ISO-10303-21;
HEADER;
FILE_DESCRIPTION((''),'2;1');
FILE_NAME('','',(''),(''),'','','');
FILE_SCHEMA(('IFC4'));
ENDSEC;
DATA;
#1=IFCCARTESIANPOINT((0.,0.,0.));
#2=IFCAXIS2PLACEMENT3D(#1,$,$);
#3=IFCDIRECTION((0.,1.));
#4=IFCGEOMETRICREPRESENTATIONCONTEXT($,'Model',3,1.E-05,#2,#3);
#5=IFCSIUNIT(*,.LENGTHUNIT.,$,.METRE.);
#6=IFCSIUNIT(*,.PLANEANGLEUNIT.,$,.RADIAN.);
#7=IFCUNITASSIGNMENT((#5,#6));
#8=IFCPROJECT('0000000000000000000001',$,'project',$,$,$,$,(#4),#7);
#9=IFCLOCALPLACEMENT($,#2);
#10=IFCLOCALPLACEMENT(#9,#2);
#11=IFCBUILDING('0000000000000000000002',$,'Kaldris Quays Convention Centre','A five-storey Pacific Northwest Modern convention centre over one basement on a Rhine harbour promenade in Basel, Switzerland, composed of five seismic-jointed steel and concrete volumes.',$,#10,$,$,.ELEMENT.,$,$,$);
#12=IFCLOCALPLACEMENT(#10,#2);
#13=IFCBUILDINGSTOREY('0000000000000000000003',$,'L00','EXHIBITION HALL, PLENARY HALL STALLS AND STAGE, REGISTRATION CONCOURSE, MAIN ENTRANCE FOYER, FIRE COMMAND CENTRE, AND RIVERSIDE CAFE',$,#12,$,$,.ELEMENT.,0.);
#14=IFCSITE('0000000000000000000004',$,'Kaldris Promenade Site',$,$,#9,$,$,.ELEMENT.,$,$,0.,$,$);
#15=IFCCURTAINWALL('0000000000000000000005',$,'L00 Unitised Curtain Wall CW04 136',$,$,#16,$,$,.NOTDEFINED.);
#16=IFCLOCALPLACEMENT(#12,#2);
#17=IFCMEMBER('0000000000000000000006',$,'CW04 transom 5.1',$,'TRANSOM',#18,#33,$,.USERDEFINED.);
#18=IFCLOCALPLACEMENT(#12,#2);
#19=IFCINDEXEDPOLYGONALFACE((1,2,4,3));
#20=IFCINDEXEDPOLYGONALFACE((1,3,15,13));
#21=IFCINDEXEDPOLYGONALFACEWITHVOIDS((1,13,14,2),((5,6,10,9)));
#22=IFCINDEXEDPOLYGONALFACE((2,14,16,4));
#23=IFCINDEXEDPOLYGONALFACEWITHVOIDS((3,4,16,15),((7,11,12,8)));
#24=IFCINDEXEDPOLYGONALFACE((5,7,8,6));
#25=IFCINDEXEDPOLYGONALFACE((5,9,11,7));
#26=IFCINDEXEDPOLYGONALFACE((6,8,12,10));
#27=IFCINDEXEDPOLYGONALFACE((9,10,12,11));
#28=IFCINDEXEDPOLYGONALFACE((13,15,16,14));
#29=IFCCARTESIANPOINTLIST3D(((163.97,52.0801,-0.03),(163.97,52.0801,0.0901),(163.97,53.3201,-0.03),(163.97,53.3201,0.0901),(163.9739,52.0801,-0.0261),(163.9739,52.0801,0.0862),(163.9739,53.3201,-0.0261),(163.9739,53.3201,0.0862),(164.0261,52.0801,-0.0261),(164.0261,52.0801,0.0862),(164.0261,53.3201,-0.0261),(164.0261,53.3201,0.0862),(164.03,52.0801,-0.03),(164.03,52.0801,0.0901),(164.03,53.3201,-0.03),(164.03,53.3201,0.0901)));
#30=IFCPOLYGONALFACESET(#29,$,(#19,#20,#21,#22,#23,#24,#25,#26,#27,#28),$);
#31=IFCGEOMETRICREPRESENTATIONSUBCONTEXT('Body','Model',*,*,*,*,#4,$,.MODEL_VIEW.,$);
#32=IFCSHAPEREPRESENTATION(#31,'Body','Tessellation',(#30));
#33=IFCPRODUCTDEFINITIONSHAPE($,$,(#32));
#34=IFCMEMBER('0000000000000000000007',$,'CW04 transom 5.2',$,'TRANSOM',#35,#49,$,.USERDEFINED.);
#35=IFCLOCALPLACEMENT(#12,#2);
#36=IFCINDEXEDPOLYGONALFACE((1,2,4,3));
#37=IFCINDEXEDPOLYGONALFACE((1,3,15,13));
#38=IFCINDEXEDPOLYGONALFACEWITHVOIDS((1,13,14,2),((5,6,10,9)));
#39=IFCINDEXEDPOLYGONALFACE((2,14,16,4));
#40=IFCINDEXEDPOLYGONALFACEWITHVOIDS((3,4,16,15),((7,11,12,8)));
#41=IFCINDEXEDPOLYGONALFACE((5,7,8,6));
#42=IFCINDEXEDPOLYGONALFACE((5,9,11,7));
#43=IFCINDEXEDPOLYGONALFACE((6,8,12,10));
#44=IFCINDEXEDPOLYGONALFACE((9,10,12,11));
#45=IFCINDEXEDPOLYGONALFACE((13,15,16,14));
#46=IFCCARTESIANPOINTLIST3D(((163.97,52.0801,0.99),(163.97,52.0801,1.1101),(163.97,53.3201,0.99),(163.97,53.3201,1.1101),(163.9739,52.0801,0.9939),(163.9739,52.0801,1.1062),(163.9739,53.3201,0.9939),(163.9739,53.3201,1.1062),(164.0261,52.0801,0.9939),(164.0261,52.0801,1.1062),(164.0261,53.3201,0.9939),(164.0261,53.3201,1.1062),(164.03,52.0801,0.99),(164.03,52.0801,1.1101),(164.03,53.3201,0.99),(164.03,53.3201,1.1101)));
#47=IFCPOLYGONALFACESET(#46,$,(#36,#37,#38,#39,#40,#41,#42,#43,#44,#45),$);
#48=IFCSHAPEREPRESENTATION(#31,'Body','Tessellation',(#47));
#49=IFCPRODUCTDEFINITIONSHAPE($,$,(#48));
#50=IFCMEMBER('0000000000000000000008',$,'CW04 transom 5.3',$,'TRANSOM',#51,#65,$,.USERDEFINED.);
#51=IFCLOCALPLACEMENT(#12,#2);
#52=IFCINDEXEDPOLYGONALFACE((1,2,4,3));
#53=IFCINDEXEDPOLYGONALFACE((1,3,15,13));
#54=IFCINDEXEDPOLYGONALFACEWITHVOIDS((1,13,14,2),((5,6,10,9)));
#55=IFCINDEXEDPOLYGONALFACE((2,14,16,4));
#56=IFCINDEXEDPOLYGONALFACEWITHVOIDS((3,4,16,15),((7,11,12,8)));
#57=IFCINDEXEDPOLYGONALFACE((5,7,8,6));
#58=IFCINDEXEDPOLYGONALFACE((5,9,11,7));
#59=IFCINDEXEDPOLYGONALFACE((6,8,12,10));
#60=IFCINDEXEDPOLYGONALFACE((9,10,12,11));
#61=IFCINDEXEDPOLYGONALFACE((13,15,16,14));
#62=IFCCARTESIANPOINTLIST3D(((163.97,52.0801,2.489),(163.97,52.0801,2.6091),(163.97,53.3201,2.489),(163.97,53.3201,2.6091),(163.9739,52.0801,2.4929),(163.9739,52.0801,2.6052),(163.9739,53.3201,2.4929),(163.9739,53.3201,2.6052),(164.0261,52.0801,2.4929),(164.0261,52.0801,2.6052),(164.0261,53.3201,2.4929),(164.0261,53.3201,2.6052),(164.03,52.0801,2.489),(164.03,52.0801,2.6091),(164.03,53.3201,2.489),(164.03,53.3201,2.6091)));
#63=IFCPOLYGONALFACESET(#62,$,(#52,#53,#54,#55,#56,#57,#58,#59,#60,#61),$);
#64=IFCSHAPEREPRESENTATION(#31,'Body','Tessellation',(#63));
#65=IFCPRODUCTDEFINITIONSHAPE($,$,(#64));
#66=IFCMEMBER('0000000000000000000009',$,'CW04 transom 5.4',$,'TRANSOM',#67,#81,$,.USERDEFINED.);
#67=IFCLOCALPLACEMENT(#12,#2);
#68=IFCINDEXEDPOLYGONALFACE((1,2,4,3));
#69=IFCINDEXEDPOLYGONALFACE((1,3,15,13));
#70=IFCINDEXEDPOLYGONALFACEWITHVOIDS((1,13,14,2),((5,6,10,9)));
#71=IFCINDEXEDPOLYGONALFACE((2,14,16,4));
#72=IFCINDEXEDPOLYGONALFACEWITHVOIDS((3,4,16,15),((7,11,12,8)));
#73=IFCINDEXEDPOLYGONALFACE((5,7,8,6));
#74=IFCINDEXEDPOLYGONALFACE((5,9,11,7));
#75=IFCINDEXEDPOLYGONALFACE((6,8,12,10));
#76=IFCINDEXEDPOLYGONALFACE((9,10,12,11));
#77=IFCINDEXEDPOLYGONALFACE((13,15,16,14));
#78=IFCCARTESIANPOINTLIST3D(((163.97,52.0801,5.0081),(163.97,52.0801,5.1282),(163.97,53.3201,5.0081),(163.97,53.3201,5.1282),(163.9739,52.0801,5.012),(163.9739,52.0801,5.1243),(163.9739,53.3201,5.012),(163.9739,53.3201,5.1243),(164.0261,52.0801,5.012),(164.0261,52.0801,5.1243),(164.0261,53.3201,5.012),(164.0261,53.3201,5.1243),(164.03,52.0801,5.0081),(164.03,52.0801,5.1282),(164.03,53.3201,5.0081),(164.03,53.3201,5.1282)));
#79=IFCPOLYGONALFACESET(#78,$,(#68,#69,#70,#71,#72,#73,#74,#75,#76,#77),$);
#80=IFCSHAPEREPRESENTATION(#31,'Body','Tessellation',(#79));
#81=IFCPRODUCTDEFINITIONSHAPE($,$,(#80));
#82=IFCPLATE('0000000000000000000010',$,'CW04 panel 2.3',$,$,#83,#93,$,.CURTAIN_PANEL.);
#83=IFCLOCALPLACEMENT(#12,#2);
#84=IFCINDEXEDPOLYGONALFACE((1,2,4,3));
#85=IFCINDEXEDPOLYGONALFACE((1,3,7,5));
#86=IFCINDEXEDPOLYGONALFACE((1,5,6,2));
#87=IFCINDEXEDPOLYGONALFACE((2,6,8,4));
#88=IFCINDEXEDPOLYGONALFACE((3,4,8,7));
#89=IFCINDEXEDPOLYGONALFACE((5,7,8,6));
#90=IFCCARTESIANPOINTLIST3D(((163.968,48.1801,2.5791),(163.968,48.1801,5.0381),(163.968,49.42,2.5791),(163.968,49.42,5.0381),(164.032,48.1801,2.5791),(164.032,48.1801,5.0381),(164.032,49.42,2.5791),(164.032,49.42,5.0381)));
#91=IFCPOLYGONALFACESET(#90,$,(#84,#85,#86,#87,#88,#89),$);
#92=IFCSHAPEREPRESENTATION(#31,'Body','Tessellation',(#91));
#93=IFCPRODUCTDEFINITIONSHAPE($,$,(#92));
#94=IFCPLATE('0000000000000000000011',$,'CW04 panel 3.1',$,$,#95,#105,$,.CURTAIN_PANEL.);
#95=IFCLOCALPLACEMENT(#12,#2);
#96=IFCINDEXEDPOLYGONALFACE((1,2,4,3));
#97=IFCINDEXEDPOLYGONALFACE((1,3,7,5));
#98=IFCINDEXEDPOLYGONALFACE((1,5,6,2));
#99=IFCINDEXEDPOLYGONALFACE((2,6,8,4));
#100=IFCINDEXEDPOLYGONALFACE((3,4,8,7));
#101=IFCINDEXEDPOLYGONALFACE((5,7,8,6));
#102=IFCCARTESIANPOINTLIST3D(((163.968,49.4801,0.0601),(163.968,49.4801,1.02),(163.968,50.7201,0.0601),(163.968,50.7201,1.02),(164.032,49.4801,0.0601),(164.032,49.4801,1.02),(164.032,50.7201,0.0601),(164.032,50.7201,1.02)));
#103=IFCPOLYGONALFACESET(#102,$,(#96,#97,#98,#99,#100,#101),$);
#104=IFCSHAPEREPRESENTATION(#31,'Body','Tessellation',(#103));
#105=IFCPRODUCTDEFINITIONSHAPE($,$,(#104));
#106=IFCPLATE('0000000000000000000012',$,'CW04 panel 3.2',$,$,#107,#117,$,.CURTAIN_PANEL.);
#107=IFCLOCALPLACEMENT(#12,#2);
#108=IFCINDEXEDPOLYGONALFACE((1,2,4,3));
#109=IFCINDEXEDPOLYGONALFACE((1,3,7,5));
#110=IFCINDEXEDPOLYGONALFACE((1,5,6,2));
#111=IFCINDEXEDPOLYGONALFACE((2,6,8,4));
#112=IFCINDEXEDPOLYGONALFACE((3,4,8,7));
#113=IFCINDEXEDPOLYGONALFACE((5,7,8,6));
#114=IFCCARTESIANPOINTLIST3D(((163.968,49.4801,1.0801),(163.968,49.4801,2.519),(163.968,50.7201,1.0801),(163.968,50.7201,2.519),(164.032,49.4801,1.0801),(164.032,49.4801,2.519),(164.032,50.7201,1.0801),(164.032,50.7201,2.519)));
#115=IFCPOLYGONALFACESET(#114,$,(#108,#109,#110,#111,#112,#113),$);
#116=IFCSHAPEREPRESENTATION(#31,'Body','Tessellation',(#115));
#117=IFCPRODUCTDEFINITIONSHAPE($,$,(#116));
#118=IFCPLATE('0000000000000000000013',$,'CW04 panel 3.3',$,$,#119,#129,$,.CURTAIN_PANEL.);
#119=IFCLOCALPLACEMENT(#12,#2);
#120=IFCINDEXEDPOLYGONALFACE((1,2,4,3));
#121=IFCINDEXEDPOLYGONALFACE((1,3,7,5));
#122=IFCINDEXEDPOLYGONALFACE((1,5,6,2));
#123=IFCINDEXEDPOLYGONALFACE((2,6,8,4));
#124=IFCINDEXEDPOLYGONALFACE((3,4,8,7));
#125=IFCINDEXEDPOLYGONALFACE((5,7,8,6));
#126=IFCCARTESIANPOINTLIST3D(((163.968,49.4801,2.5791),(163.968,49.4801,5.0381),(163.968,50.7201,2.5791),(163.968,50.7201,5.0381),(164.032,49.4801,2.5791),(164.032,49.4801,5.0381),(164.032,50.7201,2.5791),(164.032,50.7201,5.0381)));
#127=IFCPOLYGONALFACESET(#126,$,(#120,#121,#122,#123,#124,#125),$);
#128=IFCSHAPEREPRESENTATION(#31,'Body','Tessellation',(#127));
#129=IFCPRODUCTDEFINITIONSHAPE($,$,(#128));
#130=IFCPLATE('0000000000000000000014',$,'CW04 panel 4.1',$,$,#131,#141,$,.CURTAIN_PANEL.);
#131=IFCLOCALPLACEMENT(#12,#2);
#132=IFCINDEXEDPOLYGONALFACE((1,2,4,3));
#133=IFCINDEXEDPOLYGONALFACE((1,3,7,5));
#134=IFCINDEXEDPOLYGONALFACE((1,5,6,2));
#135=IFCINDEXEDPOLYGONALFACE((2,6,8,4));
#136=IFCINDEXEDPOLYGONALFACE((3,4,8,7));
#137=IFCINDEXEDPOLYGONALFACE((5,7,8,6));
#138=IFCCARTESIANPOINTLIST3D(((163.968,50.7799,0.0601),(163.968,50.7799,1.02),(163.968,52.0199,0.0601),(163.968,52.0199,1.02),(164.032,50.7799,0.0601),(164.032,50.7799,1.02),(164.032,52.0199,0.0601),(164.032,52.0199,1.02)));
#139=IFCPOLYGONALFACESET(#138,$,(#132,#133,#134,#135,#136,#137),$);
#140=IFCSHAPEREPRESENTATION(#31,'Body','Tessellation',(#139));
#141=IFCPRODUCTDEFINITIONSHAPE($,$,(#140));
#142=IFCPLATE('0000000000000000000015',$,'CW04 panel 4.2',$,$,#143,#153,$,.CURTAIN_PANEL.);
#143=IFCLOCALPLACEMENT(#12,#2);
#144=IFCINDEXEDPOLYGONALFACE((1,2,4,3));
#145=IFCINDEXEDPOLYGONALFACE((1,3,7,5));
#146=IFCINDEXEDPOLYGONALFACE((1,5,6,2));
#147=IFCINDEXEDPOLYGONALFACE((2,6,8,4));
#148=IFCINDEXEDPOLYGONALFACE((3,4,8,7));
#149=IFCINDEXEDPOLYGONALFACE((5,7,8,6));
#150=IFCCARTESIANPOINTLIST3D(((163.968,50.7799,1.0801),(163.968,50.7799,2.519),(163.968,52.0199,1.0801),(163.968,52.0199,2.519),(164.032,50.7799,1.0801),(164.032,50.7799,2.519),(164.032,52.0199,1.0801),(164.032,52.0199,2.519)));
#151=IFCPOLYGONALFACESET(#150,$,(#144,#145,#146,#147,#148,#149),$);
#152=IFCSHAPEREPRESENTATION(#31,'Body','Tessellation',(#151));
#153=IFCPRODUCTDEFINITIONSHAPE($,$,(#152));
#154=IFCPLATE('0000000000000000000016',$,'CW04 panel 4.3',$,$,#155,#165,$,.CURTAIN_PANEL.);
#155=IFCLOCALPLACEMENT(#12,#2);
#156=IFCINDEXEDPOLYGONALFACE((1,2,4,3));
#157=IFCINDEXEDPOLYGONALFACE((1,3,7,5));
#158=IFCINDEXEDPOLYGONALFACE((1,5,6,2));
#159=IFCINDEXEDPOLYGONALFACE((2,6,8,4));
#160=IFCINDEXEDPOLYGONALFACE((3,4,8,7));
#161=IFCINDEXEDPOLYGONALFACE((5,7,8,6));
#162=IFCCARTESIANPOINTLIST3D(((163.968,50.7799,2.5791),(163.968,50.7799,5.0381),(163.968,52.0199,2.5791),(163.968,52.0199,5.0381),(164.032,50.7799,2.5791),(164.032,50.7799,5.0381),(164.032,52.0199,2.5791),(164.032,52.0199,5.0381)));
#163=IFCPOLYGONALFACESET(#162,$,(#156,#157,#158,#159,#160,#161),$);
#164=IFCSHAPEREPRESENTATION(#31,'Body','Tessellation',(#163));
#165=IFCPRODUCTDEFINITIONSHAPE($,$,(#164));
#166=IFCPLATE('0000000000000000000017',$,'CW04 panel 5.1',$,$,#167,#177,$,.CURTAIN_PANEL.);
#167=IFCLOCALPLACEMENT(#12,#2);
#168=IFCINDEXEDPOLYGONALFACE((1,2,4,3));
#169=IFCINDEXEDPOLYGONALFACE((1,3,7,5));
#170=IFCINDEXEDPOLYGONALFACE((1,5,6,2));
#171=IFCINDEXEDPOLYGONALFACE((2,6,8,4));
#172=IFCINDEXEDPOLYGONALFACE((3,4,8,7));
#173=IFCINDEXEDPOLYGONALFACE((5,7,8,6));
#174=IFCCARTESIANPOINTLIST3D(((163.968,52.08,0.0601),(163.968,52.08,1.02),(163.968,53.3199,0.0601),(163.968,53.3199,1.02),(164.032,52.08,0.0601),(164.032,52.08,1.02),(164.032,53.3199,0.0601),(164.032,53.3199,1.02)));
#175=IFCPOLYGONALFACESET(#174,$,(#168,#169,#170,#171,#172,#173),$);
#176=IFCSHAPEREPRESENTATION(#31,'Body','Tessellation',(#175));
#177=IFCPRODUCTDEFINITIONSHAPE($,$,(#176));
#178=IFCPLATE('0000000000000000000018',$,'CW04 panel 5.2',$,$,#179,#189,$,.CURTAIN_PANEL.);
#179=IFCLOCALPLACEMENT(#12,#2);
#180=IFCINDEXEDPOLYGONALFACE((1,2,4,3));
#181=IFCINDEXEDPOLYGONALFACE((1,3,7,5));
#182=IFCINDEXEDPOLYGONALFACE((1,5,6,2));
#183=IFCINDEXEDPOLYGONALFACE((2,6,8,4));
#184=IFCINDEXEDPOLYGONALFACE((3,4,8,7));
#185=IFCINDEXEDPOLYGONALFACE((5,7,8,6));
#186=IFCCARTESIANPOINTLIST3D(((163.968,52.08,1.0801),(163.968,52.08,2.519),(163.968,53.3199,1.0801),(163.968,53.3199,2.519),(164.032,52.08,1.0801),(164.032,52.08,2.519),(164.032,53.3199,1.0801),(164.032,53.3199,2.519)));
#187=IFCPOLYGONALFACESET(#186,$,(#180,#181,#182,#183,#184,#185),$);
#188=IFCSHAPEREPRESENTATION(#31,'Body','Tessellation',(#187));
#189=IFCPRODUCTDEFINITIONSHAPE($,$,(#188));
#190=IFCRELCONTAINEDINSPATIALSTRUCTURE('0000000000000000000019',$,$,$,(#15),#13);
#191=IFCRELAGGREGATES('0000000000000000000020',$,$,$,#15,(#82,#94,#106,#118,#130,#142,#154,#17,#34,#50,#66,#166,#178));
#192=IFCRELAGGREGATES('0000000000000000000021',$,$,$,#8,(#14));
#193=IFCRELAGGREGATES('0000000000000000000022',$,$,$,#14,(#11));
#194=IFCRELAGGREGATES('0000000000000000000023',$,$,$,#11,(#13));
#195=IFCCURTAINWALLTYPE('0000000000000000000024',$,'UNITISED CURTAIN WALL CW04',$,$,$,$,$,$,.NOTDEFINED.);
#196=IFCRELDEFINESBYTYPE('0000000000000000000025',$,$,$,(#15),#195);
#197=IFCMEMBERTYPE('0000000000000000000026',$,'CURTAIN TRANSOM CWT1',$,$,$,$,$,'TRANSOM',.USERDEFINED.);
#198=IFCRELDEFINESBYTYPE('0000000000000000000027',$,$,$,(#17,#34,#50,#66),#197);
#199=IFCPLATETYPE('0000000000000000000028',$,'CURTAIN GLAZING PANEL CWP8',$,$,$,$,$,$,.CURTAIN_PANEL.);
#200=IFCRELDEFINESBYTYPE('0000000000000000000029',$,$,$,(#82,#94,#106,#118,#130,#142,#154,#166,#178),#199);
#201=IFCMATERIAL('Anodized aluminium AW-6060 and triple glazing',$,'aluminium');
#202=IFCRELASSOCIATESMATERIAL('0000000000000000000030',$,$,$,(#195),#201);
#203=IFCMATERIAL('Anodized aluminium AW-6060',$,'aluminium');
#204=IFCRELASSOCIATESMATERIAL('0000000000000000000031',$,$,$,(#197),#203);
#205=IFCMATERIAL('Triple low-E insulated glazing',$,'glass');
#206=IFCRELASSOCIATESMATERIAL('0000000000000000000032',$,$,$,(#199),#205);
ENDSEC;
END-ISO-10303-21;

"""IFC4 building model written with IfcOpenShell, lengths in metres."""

from ifc_helpers import new_model, si_unit, direction, frame, origin, origin_2d, place, context, subcontext, project, spatial, rectangle, hollow_rectangle, extrude, material, material_profile, profile_set, type_object, element, aggregate, save


model = new_model("IFC4")

# Units and contexts
model_context = context("Model", 3, precision=1e-05, world=origin(), true_north=direction((0.0, 1.0)))
body_context = subcontext(model_context, "Body", "Model", "MODEL_VIEW")
ifc_project = project(units=[si_unit("LENGTHUNIT", "METRE"), si_unit("PLANEANGLEUNIT", "RADIAN")], contexts=[model_context])

# Site, building, storey
site_placement = place(None, origin())
site = spatial("IfcSite", under=ifc_project, at=site_placement, Name="Kaldris Promenade Site", CompositionType="ELEMENT", RefElevation=0.0)
building_placement = place(site_placement, origin())
building = spatial("IfcBuilding", under=site, at=building_placement, Name="Kaldris Quays Convention Centre", Description="A five-storey Pacific Northwest Modern convention centre over one basement on a Rhine harbour promenade in Basel, Switzerland, composed of five seismic-jointed steel and concrete volumes.", CompositionType="ELEMENT")
storey_placement = place(building_placement, origin())
storey = spatial("IfcBuildingStorey", under=building, at=storey_placement, Name="L00", Description="EXHIBITION HALL, PLENARY HALL STALLS AND STAGE, REGISTRATION CONCOURSE, MAIN ENTRANCE FOYER, FIRE COMMAND CENTRE, AND RIVERSIDE CAFE", CompositionType="ELEMENT", Elevation=0.0)

# Curtain wall, members, plates
ifc_material_1 = material(Name="Anodized aluminium AW-6060 and triple glazing", Category="aluminium")
curtain_wall_type = type_object("IfcCurtainWallType", Name="UNITISED CURTAIN WALL CW04", PredefinedType="NOTDEFINED", material=ifc_material_1)
curtain_wall_placement = place(storey_placement, origin())
curtain_wall = element("IfcCurtainWall", 1, at=curtain_wall_placement, inside=storey, type_object=curtain_wall_type, Name="L00 Unitised Curtain Wall CW04 136", PredefinedType="NOTDEFINED")
ifc_material_2 = material(Name="Anodized aluminium AW-6060", Category="aluminium")
ifc_material_profile_1 = material_profile(ifc_material_2, hollow_rectangle(XDim=0.0601, YDim=0.1201, WallThickness=0.0039, at=origin_2d()), Name="RHS 120x60x4")
ifc_profile_set_1 = profile_set([ifc_material_profile_1], Name="Anodized aluminium AW-6060")
member_type_1 = type_object("IfcMemberType", Name="CURTAIN TRANSOM CWT1", ElementType="TRANSOM", PredefinedType="USERDEFINED", material=ifc_profile_set_1)
member_1_placement = place(storey_placement, frame((164.0, 52.0801, 0.03), z_axis=(0.0, 1.0, 0.0), x_axis=(-1.0, 0.0, 0.0)))
member_1 = element("IfcMember", 2, at=member_1_placement, type_object=member_type_1, Name="CW04 transom 5.1", ObjectType="TRANSOM", PredefinedType="USERDEFINED", context=body_context, shape_type="SweptSolid", body=[
    extrude(hollow_rectangle(XDim=0.0601, YDim=0.1201, WallThickness=0.0039, at=origin_2d()), origin(), (0.0, 0.0, 1.0), 1.24),
])
member_2_placement = place(storey_placement, frame((164.0, 52.0801, 1.05), z_axis=(0.0, 1.0, 0.0), x_axis=(-1.0, 0.0, 0.0)))
member_2 = element("IfcMember", 3, at=member_2_placement, type_object=member_type_1, Name="CW04 transom 5.2", ObjectType="TRANSOM", PredefinedType="USERDEFINED", context=body_context, shape_type="SweptSolid", body=[
    extrude(hollow_rectangle(XDim=0.0601, YDim=0.1201, WallThickness=0.0039, at=origin_2d()), origin(), (0.0, 0.0, 1.0), 1.24),
])
member_3_placement = place(storey_placement, frame((164.0, 52.0801, 2.5491), z_axis=(0.0, 1.0, 0.0), x_axis=(-1.0, 0.0, 0.0)))
member_3 = element("IfcMember", 4, at=member_3_placement, type_object=member_type_1, Name="CW04 transom 5.3", ObjectType="TRANSOM", PredefinedType="USERDEFINED", context=body_context, shape_type="SweptSolid", body=[
    extrude(hollow_rectangle(XDim=0.0601, YDim=0.1201, WallThickness=0.0039, at=origin_2d()), origin(), (0.0, 0.0, 1.0), 1.24),
])
member_4_placement = place(storey_placement, frame((164.0, 52.0801, 5.0681), z_axis=(0.0, 1.0, 0.0), x_axis=(-1.0, 0.0, 0.0)))
member_4 = element("IfcMember", 5, at=member_4_placement, type_object=member_type_1, Name="CW04 transom 5.4", ObjectType="TRANSOM", PredefinedType="USERDEFINED", context=body_context, shape_type="SweptSolid", body=[
    extrude(hollow_rectangle(XDim=0.0601, YDim=0.1201, WallThickness=0.0039, at=origin_2d()), origin(), (0.0, 0.0, 1.0), 1.24),
])
ifc_material_3 = material(Name="Triple low-E insulated glazing", Category="glass")
plate_type = type_object("IfcPlateType", Name="CURTAIN GLAZING PANEL CWP8", PredefinedType="CURTAIN_PANEL", material=ifc_material_3)
plate_1_placement = place(storey_placement, frame((164.0, 48.8, 2.5791), z_axis=(0.0, 0.0, 1.0), x_axis=(0.0, 1.0, 0.0)))
plate_1 = element("IfcPlate", 6, at=plate_1_placement, type_object=plate_type, Name="CW04 panel 2.3", PredefinedType="CURTAIN_PANEL", context=body_context, shape_type="SweptSolid", body=[
    extrude(rectangle(XDim=1.24, YDim=0.064, at=origin_2d()), origin(), (0.0, 0.0, 1.0), 2.459),
])
plate_2_placement = place(storey_placement, frame((164.0, 50.1001, 0.0601), z_axis=(0.0, 0.0, 1.0), x_axis=(0.0, 1.0, 0.0)))
plate_2 = element("IfcPlate", 7, at=plate_2_placement, type_object=plate_type, Name="CW04 panel 3.1", PredefinedType="CURTAIN_PANEL", context=body_context, shape_type="SweptSolid", body=[
    extrude(rectangle(XDim=1.24, YDim=0.064, at=origin_2d()), origin(), (0.0, 0.0, 1.0), 0.96),
])
plate_3_placement = place(storey_placement, frame((164.0, 50.1001, 1.0801), z_axis=(0.0, 0.0, 1.0), x_axis=(0.0, 1.0, 0.0)))
plate_3 = element("IfcPlate", 8, at=plate_3_placement, type_object=plate_type, Name="CW04 panel 3.2", PredefinedType="CURTAIN_PANEL", context=body_context, shape_type="SweptSolid", body=[
    extrude(rectangle(XDim=1.24, YDim=0.064, at=origin_2d()), origin(), (0.0, 0.0, 1.0), 1.439),
])
plate_4_placement = place(storey_placement, frame((164.0, 50.1001, 2.5791), z_axis=(0.0, 0.0, 1.0), x_axis=(0.0, 1.0, 0.0)))
plate_4 = element("IfcPlate", 9, at=plate_4_placement, type_object=plate_type, Name="CW04 panel 3.3", PredefinedType="CURTAIN_PANEL", context=body_context, shape_type="SweptSolid", body=[
    extrude(rectangle(XDim=1.24, YDim=0.064, at=origin_2d()), origin(), (0.0, 0.0, 1.0), 2.459),
])
plate_5_placement = place(storey_placement, frame((164.0, 51.3999, 0.0601), z_axis=(0.0, 0.0, 1.0), x_axis=(0.0, 1.0, 0.0)))
plate_5 = element("IfcPlate", 10, at=plate_5_placement, type_object=plate_type, Name="CW04 panel 4.1", PredefinedType="CURTAIN_PANEL", context=body_context, shape_type="SweptSolid", body=[
    extrude(rectangle(XDim=1.24, YDim=0.064, at=origin_2d()), origin(), (0.0, 0.0, 1.0), 0.96),
])
plate_6_placement = place(storey_placement, frame((164.0, 51.3999, 1.0801), z_axis=(0.0, 0.0, 1.0), x_axis=(0.0, 1.0, 0.0)))
plate_6 = element("IfcPlate", 11, at=plate_6_placement, type_object=plate_type, Name="CW04 panel 4.2", PredefinedType="CURTAIN_PANEL", context=body_context, shape_type="SweptSolid", body=[
    extrude(rectangle(XDim=1.24, YDim=0.064, at=origin_2d()), origin(), (0.0, 0.0, 1.0), 1.439),
])
plate_7_placement = place(storey_placement, frame((164.0, 51.3999, 2.5791), z_axis=(0.0, 0.0, 1.0), x_axis=(0.0, 1.0, 0.0)))
plate_7 = element("IfcPlate", 12, at=plate_7_placement, type_object=plate_type, Name="CW04 panel 4.3", PredefinedType="CURTAIN_PANEL", context=body_context, shape_type="SweptSolid", body=[
    extrude(rectangle(XDim=1.24, YDim=0.064, at=origin_2d()), origin(), (0.0, 0.0, 1.0), 2.459),
])
plate_8_placement = place(storey_placement, frame((164.0, 52.7, 0.0601), z_axis=(0.0, 0.0, 1.0), x_axis=(0.0, 1.0, 0.0)))
plate_8 = element("IfcPlate", 13, at=plate_8_placement, type_object=plate_type, Name="CW04 panel 5.1", PredefinedType="CURTAIN_PANEL", context=body_context, shape_type="SweptSolid", body=[
    extrude(rectangle(XDim=1.24, YDim=0.064, at=origin_2d()), origin(), (0.0, 0.0, 1.0), 0.96),
])
plate_9_placement = place(storey_placement, frame((164.0, 52.7, 1.0801), z_axis=(0.0, 0.0, 1.0), x_axis=(0.0, 1.0, 0.0)))
plate_9 = element("IfcPlate", 14, at=plate_9_placement, type_object=plate_type, Name="CW04 panel 5.2", PredefinedType="CURTAIN_PANEL", context=body_context, shape_type="SweptSolid", body=[
    extrude(rectangle(XDim=1.24, YDim=0.064, at=origin_2d()), origin(), (0.0, 0.0, 1.0), 1.439),
])
aggregate(curtain_wall, [plate_1, plate_2, plate_3, plate_4, plate_5, plate_6, plate_7, member_1, member_2, member_3, member_4, plate_8, plate_9])

save(model, "model.ifc")
